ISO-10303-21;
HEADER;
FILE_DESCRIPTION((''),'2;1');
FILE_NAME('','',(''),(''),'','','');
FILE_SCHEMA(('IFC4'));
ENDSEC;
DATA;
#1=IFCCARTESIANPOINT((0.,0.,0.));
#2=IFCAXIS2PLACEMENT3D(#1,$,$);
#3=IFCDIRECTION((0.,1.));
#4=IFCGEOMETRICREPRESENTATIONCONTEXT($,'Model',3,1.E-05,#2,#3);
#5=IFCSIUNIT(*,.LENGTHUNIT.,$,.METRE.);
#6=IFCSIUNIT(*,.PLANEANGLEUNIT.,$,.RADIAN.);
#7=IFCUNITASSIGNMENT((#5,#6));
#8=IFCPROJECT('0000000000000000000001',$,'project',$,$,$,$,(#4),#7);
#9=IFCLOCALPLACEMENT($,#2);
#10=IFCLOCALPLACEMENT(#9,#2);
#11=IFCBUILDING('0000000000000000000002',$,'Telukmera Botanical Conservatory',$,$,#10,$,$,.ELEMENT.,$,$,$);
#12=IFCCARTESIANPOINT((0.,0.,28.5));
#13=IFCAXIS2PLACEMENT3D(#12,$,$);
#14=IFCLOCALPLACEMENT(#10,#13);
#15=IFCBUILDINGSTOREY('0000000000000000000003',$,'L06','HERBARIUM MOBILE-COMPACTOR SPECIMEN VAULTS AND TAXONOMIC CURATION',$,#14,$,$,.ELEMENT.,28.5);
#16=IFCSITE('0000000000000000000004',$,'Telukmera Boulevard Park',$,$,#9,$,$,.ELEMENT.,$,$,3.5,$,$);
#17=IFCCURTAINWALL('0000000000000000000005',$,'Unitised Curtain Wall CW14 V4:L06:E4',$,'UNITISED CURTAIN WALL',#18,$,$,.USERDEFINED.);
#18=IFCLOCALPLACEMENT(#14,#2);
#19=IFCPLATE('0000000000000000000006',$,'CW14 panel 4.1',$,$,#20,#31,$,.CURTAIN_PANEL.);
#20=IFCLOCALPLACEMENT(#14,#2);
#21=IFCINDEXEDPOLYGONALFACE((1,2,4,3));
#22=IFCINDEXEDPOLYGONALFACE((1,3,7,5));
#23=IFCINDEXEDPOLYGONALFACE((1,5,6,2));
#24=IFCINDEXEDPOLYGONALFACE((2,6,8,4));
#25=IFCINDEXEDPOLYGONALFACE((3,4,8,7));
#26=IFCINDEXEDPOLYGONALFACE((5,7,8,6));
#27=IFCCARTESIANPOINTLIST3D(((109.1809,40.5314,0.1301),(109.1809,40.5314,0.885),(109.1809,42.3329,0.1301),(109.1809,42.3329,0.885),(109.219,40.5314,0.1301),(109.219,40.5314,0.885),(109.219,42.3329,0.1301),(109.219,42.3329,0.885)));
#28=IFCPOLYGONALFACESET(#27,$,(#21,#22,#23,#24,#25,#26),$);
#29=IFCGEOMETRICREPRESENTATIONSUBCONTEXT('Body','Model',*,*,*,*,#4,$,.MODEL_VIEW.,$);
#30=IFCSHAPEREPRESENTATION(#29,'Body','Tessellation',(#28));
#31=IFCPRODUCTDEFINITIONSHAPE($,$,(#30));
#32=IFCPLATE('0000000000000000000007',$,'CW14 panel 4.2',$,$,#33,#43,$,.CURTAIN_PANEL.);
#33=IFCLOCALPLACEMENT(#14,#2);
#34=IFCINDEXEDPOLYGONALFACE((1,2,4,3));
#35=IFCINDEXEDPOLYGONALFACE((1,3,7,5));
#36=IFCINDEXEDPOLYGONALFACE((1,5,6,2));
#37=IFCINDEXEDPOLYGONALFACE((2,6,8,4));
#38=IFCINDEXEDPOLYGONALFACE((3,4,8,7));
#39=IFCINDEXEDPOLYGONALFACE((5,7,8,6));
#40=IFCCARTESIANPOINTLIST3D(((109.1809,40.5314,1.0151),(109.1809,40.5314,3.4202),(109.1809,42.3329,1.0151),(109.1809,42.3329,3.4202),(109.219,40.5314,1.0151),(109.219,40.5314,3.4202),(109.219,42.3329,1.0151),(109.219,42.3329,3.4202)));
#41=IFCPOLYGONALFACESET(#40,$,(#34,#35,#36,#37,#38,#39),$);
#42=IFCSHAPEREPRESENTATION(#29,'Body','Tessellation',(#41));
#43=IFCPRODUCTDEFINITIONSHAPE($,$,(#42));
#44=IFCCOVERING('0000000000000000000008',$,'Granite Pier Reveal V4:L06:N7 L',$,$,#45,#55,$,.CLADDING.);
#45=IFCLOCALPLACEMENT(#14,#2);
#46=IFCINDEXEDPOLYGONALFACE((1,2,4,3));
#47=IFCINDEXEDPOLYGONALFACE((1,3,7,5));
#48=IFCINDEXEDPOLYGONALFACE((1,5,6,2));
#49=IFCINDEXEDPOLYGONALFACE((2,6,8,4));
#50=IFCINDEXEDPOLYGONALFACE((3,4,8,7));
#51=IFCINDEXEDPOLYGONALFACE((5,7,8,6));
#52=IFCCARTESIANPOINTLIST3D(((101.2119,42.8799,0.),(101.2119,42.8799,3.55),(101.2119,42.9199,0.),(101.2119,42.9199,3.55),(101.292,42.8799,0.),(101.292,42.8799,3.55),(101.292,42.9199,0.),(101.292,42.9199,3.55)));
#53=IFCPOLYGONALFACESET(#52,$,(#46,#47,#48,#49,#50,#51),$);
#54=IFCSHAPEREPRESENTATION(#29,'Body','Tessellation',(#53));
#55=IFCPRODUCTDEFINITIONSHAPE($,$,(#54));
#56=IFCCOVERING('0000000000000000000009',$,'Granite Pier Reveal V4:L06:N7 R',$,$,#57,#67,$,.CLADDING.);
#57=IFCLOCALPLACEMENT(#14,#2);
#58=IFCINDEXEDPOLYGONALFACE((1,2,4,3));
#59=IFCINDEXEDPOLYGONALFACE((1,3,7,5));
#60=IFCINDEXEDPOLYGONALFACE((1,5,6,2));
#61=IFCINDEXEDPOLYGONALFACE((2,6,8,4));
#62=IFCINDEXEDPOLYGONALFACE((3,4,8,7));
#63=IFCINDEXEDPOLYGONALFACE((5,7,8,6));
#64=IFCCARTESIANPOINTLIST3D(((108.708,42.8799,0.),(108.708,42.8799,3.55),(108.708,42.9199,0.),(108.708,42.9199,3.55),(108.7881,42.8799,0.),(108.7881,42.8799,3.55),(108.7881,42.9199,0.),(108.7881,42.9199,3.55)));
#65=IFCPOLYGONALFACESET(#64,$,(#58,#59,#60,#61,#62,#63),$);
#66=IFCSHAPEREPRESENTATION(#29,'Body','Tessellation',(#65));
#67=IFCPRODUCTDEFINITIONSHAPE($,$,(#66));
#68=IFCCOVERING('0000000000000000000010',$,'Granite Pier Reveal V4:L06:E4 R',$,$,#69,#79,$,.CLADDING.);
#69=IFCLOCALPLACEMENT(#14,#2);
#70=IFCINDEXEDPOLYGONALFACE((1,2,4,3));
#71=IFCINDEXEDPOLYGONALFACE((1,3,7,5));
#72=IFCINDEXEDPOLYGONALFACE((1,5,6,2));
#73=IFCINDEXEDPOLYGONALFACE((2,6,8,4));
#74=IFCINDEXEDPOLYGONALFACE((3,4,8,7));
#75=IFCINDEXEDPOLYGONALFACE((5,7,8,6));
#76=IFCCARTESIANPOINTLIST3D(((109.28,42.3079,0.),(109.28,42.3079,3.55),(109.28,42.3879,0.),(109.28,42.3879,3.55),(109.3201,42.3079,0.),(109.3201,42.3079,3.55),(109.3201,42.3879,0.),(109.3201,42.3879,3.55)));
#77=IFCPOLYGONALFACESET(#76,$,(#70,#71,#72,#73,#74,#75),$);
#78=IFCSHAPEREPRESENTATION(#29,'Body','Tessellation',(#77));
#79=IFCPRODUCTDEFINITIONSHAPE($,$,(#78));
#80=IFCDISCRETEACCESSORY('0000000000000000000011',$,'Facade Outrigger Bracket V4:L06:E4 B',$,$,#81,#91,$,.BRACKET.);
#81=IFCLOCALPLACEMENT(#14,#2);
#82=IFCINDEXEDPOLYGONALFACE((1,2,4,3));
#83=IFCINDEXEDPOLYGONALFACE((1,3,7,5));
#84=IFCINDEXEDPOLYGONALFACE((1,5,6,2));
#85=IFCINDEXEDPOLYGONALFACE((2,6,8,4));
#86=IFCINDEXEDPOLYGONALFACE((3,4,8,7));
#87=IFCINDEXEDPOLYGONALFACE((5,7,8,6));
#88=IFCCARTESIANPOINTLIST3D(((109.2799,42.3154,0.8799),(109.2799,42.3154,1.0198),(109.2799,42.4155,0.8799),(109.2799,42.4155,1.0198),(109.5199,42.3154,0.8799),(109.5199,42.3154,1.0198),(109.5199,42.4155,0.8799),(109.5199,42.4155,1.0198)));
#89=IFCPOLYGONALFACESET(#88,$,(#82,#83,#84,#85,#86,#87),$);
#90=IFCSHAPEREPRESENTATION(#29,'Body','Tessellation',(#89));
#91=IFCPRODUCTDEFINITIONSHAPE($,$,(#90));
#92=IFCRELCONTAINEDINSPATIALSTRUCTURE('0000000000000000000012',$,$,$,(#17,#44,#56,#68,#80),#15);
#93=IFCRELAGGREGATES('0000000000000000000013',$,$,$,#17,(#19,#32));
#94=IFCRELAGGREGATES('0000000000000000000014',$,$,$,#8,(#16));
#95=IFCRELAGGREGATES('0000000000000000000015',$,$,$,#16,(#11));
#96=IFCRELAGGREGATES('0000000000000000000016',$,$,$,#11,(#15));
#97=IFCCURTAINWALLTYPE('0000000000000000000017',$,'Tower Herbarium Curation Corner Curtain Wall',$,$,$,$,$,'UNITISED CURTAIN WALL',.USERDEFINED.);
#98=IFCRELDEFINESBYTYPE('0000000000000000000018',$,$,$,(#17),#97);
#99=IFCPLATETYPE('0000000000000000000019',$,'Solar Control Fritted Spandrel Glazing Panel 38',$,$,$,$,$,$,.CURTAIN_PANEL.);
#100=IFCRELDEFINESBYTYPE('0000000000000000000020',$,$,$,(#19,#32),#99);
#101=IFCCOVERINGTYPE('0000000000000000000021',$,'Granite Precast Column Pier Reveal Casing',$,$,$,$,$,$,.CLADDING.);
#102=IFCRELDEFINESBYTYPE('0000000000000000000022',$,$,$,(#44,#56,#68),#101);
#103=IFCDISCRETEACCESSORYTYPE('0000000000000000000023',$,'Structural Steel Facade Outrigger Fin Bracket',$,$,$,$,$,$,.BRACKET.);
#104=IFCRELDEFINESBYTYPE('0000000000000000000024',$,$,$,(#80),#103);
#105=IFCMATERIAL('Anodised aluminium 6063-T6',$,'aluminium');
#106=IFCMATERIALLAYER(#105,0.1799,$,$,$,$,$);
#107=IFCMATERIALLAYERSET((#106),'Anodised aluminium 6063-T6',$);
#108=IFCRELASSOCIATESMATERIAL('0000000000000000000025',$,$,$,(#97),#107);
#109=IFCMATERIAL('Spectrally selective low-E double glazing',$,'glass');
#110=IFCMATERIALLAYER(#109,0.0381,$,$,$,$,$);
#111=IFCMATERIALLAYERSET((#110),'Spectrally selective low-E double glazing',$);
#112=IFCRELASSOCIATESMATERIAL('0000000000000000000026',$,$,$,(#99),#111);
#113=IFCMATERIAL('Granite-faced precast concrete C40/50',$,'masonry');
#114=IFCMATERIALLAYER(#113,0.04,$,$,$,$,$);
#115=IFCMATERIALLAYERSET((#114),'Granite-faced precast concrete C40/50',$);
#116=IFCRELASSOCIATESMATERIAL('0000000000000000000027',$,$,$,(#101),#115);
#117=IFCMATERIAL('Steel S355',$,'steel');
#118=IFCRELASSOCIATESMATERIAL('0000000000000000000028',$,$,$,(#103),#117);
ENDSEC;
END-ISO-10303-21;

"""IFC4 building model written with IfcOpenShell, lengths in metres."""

from ifc_helpers import new_model, si_unit, direction, frame, origin, origin_2d, place, context, subcontext, project, spatial, rectangle, extrude, material, layer, layer_set, type_object, element, aggregate, save


model = new_model("IFC4")

# Units and contexts
model_context = context("Model", 3, precision=1e-05, world=origin(), true_north=direction((0.0, 1.0)))
body_context = subcontext(model_context, "Body", "Model", "MODEL_VIEW")
ifc_project = project(units=[si_unit("LENGTHUNIT", "METRE"), si_unit("PLANEANGLEUNIT", "RADIAN")], contexts=[model_context])

# Site, building, storey
site_placement = place(None, origin())
site = spatial("IfcSite", under=ifc_project, at=site_placement, Name="Telukmera Boulevard Park", CompositionType="ELEMENT", RefElevation=3.5)
building_placement = place(site_placement, origin())
building = spatial("IfcBuilding", under=site, at=building_placement, Name="Telukmera Botanical Conservatory", CompositionType="ELEMENT")
storey_placement = place(building_placement, frame((0.0, 0.0, 28.5)))
storey = spatial("IfcBuildingStorey", under=building, at=storey_placement, Name="L06", Description="HERBARIUM MOBILE-COMPACTOR SPECIMEN VAULTS AND TAXONOMIC CURATION", CompositionType="ELEMENT", Elevation=28.5)

# Shared definitions
ifc_material_1 = material(Name="Anodised aluminium 6063-T6", Category="aluminium")
ifc_layer_1 = layer(ifc_material_1, 0.1799)
ifc_layer_set_1 = layer_set([ifc_layer_1], Name="Anodised aluminium 6063-T6")
curtain_wall_type = type_object("IfcCurtainWallType", Name="Tower Herbarium Curation Corner Curtain Wall", ElementType="UNITISED CURTAIN WALL", PredefinedType="USERDEFINED", material=ifc_layer_set_1)

# Curtain wall
curtain_wall_1_placement = place(storey_placement, origin())
curtain_wall_1 = element("IfcCurtainWall", 1, at=curtain_wall_1_placement, inside=storey, type_object=curtain_wall_type, Name="Unitised Curtain Wall CW14 V4:L06:E4", ObjectType="UNITISED CURTAIN WALL", PredefinedType="USERDEFINED")

# Plates
ifc_material_2 = material(Name="Spectrally selective low-E double glazing", Category="glass")
ifc_layer_2 = layer(ifc_material_2, 0.0381)
ifc_layer_set_2 = layer_set([ifc_layer_2], Name="Spectrally selective low-E double glazing")
plate_type = type_object("IfcPlateType", Name="Solar Control Fritted Spandrel Glazing Panel 38", PredefinedType="CURTAIN_PANEL", material=ifc_layer_set_2)
plate_1_placement = place(storey_placement, frame((109.2, 41.4321, 0.1301), z_axis=(0.0, 0.0, 1.0), x_axis=(0.0, 1.0, 0.0)))
plate_1 = element("IfcPlate", 2, at=plate_1_placement, type_object=plate_type, Name="CW14 panel 4.1", PredefinedType="CURTAIN_PANEL", context=body_context, shape_type="SweptSolid", body=[
    extrude(rectangle(XDim=1.8015, YDim=0.0381, at=origin_2d()), origin(), (0.0, 0.0, 1.0), 0.7549),
])
plate_2_placement = place(storey_placement, frame((109.2, 41.4321, 1.0151), z_axis=(0.0, 0.0, 1.0), x_axis=(0.0, 1.0, 0.0)))
plate_2 = element("IfcPlate", 3, at=plate_2_placement, type_object=plate_type, Name="CW14 panel 4.2", PredefinedType="CURTAIN_PANEL", context=body_context, shape_type="SweptSolid", body=[
    extrude(rectangle(XDim=1.8015, YDim=0.0381, at=origin_2d()), origin(), (0.0, 0.0, 1.0), 2.405),
])
aggregate(curtain_wall_1, [plate_1, plate_2])

# Coverings
ifc_material_3 = material(Name="Granite-faced precast concrete C40/50", Category="masonry")
ifc_layer_3 = layer(ifc_material_3, 0.04)
ifc_layer_set_3 = layer_set([ifc_layer_3], Name="Granite-faced precast concrete C40/50")
covering_type = type_object("IfcCoveringType", Name="Granite Precast Column Pier Reveal Casing", PredefinedType="CLADDING", material=ifc_layer_set_3)
for number, where, z_axis, x_axis, name in (
    (4, (101.252, 42.8999, 0.0), (0.0, 0.0, 1.0), (1.0, 0.0, 0.0), "Granite Pier Reveal V4:L06:N7 L"),
    (5, (108.748, 42.8999, 0.0), (0.0, 0.0, 1.0), (1.0, 0.0, 0.0), "Granite Pier Reveal V4:L06:N7 R"),
    (6, (109.3, 42.3479, 0.0), (0.0, 0.0, 1.0), (0.0, 1.0, 0.0), "Granite Pier Reveal V4:L06:E4 R"),
):
    element("IfcCovering", number, at=place(storey_placement, frame(where, z_axis=z_axis, x_axis=x_axis)), inside=storey, type_object=covering_type, Name=name, PredefinedType="CLADDING", context=body_context, shape_type="SweptSolid", body=[
        extrude(rectangle(XDim=0.0801, YDim=0.04, at=origin_2d()), origin(), (0.0, 0.0, 1.0), 3.55),
    ])

# Discrete accessory
ifc_material_4 = material(Name="Steel S355", Category="steel")
discrete_accessory_type = type_object("IfcDiscreteAccessoryType", Name="Structural Steel Facade Outrigger Fin Bracket", PredefinedType="BRACKET", material=ifc_material_4)
discrete_accessory_placement = place(storey_placement, frame((109.3999, 42.3655, 0.8799), z_axis=(0.0, 0.0, 1.0), x_axis=(0.0, 1.0, 0.0)))
element("IfcDiscreteAccessory", 7, at=discrete_accessory_placement, inside=storey, type_object=discrete_accessory_type, Name="Facade Outrigger Bracket V4:L06:E4 B", PredefinedType="BRACKET", context=body_context, shape_type="SweptSolid", body=[
    extrude(rectangle(XDim=0.1001, YDim=0.24, at=origin_2d()), origin(), (0.0, 0.0, 1.0), 0.1399),
])

save(model, "model.ifc")
